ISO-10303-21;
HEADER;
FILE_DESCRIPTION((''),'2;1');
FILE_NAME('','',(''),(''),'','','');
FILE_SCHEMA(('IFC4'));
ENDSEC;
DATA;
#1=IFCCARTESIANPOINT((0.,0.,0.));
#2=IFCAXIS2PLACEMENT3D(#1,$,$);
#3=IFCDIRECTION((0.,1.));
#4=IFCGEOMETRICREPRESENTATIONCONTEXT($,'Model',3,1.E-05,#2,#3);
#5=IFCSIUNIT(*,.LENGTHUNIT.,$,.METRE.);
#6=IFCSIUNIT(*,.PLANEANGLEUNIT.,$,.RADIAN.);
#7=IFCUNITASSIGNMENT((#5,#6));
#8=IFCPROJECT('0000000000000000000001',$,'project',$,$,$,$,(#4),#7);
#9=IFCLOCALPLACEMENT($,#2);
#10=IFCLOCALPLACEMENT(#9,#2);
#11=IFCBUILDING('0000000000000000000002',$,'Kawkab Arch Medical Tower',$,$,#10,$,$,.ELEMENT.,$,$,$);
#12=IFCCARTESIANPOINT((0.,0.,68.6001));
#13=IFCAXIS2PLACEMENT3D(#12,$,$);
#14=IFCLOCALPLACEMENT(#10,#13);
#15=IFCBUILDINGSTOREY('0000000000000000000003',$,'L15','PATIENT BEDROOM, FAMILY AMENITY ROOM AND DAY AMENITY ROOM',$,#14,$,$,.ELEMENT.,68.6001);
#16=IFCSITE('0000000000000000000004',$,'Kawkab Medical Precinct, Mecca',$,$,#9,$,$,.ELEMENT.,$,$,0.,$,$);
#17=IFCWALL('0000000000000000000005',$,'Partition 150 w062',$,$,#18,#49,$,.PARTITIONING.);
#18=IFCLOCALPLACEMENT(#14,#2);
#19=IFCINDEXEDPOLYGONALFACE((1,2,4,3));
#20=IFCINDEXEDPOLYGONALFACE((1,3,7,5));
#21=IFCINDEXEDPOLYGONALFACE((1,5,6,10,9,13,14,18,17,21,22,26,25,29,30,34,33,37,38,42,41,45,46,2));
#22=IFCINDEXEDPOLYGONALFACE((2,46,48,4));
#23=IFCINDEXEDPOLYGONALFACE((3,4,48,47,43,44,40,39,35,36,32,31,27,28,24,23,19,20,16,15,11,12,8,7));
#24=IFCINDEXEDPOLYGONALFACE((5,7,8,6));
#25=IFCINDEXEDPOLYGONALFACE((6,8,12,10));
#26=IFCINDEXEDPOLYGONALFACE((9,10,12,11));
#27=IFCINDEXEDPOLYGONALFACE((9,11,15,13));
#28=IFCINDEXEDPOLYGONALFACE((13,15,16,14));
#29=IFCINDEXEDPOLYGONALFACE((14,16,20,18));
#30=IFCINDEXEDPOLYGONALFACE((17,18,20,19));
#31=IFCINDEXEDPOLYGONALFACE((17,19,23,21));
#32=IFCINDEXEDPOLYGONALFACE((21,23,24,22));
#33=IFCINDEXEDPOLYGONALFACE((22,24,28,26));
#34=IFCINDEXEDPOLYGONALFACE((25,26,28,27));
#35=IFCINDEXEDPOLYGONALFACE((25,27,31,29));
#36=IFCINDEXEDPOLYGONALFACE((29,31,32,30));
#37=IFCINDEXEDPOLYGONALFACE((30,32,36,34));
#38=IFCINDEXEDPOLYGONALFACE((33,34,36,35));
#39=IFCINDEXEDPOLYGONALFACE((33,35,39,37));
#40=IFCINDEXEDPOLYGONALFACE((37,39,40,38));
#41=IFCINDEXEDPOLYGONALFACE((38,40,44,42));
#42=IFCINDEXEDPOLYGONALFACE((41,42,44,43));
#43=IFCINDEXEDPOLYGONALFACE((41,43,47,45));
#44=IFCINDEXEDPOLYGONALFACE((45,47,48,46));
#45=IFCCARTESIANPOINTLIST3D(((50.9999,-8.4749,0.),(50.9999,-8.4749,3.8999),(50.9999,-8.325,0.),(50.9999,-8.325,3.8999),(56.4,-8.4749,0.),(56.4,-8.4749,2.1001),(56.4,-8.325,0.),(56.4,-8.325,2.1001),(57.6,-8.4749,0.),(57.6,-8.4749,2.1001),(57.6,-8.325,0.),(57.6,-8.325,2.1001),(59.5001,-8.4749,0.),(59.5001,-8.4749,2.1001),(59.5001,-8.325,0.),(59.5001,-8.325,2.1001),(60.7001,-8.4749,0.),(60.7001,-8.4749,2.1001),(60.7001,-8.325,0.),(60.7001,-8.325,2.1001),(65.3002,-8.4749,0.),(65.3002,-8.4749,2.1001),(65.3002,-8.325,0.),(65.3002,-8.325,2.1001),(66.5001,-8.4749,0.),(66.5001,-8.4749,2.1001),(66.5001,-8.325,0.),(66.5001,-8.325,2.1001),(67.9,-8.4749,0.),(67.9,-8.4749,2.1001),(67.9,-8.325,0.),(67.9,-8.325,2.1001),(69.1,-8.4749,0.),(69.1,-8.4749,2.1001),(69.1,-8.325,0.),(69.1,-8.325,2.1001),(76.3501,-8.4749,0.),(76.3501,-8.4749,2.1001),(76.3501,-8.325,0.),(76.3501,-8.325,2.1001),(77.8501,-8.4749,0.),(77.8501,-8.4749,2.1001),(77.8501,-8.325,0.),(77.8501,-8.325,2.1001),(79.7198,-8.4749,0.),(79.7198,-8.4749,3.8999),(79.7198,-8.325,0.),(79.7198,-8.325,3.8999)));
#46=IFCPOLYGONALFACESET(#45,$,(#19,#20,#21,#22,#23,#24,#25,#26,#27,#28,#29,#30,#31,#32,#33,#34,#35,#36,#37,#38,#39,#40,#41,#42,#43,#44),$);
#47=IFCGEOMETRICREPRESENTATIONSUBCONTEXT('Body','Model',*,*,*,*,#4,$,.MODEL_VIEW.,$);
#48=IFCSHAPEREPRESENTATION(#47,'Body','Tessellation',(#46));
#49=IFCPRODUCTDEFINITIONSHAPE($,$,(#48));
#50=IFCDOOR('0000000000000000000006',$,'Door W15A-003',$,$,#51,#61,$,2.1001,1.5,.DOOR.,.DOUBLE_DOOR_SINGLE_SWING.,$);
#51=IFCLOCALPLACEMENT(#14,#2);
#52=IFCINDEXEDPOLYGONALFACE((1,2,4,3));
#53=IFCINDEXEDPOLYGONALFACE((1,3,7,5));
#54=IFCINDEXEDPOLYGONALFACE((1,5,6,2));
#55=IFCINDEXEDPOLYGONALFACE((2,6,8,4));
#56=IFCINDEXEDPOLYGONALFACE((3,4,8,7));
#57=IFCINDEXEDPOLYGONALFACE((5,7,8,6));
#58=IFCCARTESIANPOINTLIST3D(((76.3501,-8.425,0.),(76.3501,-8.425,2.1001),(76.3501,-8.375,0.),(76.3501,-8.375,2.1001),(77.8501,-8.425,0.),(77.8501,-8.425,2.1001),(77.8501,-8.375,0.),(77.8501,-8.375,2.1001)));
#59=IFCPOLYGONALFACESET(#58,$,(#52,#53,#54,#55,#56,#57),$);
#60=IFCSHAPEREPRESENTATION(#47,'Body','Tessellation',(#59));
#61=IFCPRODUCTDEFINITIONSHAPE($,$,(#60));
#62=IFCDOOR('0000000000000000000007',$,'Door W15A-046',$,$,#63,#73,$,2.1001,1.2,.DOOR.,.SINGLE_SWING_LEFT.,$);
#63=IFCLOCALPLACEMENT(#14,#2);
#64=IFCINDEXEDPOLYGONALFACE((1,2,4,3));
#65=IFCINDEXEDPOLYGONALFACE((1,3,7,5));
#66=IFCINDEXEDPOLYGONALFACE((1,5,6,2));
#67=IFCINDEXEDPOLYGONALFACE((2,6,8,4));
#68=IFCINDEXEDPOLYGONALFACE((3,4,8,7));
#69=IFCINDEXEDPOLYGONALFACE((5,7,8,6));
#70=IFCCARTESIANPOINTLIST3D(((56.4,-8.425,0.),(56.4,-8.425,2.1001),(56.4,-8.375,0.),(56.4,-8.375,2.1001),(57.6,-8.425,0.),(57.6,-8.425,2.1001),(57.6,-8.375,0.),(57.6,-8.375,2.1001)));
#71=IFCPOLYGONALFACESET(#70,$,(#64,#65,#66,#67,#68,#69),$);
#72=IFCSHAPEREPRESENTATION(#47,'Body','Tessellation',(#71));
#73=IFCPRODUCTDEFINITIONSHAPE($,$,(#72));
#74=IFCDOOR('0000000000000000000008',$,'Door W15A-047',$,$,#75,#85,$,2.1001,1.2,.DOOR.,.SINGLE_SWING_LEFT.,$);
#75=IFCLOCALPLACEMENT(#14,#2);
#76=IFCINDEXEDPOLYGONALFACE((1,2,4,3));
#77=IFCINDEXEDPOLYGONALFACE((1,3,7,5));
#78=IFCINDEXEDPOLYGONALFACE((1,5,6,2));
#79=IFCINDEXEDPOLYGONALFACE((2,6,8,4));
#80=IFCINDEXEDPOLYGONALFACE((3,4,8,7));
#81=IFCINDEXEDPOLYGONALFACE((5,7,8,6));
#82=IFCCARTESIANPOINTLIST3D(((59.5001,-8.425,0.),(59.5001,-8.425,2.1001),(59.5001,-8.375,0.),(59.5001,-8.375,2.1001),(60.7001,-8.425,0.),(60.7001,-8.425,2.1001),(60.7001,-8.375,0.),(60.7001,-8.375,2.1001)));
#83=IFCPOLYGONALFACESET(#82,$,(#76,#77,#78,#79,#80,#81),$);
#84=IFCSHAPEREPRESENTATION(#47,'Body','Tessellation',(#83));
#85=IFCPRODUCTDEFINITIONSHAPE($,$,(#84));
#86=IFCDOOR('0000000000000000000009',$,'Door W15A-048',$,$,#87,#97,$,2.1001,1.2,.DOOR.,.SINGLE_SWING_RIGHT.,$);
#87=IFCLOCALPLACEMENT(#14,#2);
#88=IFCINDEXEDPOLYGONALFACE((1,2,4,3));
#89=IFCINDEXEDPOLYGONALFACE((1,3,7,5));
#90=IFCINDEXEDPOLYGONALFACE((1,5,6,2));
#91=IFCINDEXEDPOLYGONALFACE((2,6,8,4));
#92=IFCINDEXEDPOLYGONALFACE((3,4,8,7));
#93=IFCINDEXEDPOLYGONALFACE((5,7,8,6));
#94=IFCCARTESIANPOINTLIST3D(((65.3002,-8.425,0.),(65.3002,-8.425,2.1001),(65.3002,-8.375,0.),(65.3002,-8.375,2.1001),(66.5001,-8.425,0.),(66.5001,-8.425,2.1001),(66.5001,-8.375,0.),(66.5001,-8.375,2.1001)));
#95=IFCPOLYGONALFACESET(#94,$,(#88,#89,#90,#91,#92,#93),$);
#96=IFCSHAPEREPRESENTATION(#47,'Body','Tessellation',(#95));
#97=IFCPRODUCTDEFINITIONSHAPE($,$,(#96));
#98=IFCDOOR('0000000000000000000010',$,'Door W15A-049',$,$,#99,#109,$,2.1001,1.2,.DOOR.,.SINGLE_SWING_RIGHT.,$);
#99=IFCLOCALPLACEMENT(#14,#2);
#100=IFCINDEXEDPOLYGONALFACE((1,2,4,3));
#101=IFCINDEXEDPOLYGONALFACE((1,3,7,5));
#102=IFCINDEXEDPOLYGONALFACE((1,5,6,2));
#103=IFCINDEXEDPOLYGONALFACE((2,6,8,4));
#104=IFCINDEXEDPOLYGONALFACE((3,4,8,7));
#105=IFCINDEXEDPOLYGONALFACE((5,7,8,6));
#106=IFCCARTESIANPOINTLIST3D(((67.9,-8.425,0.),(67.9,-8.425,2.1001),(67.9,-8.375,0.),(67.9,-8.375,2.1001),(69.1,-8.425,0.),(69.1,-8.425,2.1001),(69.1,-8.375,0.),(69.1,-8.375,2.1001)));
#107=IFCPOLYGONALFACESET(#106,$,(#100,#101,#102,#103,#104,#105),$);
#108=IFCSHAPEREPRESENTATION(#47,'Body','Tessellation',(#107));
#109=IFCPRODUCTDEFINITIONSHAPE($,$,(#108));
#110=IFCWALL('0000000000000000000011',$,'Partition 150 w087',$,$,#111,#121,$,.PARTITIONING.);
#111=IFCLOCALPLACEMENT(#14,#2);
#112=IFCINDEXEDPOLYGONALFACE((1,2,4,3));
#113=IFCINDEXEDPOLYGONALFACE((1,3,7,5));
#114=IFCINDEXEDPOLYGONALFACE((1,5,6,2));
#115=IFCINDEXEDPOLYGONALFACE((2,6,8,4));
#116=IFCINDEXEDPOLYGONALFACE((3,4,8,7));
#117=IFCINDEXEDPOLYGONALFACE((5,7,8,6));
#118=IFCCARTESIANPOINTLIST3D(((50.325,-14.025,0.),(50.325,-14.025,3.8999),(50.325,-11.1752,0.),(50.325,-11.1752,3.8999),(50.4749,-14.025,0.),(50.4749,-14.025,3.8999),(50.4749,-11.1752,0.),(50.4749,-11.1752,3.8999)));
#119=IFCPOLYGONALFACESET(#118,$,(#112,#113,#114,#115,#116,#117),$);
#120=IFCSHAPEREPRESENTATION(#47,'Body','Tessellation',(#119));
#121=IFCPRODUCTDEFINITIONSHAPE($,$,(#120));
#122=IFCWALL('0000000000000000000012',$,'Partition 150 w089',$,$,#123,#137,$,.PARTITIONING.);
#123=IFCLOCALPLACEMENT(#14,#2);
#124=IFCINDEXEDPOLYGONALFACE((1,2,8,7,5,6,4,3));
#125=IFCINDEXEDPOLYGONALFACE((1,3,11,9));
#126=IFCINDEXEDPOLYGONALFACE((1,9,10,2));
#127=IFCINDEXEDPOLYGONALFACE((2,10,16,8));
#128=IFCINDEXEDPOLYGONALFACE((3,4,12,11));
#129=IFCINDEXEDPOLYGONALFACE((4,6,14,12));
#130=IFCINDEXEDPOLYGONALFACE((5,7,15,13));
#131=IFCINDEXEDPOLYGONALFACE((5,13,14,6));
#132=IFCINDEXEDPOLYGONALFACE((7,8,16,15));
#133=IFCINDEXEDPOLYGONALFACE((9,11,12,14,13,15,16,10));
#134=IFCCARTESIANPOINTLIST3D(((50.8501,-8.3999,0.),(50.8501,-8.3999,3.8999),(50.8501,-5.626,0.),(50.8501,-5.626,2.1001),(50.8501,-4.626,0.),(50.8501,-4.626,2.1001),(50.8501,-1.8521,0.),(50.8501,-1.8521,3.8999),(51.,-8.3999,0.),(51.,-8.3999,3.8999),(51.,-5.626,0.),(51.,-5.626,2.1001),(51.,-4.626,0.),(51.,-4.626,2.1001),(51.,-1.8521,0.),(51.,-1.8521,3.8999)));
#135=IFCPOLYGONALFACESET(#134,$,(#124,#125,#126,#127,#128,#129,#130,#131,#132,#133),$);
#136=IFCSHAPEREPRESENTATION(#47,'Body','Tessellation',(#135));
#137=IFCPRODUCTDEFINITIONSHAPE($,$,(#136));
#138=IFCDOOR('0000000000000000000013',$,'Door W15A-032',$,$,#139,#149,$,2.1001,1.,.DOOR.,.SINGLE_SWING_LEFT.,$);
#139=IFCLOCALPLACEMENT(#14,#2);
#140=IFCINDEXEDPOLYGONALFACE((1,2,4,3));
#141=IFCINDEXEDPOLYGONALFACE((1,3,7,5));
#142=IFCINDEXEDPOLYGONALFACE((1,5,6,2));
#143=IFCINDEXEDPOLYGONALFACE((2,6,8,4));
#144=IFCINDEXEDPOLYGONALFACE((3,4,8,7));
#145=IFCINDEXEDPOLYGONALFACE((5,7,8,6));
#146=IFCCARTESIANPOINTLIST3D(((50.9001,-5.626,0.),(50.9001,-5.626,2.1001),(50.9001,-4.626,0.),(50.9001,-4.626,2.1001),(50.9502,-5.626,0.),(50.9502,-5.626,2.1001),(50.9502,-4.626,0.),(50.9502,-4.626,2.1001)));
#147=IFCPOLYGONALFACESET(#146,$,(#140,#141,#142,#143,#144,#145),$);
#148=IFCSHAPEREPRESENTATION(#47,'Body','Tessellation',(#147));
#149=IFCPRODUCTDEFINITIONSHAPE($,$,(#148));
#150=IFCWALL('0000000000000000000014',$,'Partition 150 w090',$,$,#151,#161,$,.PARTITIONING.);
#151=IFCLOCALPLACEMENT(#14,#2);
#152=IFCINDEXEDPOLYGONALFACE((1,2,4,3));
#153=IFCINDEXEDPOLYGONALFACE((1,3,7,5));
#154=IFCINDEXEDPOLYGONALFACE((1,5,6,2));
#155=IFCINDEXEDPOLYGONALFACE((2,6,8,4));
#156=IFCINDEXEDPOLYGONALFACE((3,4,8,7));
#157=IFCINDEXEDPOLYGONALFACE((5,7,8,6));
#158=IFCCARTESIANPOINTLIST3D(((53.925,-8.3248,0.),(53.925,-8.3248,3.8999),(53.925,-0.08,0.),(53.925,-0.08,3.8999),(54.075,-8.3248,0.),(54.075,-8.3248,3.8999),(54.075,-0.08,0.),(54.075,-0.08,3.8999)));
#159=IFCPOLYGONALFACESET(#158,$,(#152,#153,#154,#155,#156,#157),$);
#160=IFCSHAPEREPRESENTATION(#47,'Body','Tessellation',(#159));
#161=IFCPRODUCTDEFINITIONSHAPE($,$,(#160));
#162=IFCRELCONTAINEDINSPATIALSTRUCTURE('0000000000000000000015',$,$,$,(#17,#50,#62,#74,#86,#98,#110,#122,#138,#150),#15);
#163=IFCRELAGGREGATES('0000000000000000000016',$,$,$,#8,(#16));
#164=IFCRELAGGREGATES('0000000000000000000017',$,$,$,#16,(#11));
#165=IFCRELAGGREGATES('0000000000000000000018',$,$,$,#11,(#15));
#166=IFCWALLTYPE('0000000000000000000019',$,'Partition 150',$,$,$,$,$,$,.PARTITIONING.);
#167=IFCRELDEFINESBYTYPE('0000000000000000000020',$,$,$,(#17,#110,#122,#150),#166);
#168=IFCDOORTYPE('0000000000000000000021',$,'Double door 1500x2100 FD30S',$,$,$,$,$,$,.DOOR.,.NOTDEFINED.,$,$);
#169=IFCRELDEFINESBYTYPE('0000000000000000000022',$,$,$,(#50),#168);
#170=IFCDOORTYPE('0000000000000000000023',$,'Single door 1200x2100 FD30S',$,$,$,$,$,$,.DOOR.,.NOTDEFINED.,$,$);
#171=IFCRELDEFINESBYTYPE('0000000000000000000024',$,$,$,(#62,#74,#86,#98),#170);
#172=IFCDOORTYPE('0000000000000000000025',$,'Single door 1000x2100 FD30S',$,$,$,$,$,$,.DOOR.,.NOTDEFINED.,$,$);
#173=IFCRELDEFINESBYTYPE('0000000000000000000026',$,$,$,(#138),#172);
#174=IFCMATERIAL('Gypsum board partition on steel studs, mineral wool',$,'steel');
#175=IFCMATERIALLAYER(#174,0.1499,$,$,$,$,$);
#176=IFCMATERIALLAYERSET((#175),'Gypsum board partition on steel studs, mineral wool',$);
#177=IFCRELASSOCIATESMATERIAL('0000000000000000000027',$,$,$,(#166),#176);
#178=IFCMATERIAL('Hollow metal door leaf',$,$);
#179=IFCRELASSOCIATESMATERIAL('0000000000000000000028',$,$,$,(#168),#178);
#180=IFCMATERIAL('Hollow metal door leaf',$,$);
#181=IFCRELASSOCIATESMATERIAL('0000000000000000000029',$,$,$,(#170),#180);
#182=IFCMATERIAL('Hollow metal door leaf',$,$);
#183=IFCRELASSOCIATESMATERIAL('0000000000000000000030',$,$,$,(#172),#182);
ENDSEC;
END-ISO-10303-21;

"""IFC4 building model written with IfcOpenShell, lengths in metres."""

from ifc_helpers import new_model, si_unit, direction, frame, frame_2d, origin, place, context, subcontext, project, spatial, rectangle, extrude, material, layer, layer_set, type_object, element, fill, save


model = new_model("IFC4")

# Units and contexts
model_context = context("Model", 3, precision=1e-05, world=origin(), true_north=direction((0.0, 1.0)))
body_context = subcontext(model_context, "Body", "Model", "MODEL_VIEW")
ifc_project = project(units=[si_unit("LENGTHUNIT", "METRE"), si_unit("PLANEANGLEUNIT", "RADIAN")], contexts=[model_context])

# Site, building, storey
site_placement = place(None, origin())
site = spatial("IfcSite", under=ifc_project, at=site_placement, Name="Kawkab Medical Precinct, Mecca", CompositionType="ELEMENT", RefElevation=0.0)
building_placement = place(site_placement, origin())
building = spatial("IfcBuilding", under=site, at=building_placement, Name="Kawkab Arch Medical Tower", CompositionType="ELEMENT")
storey_placement = place(building_placement, frame((0.0, 0.0, 68.6001)))
storey = spatial("IfcBuildingStorey", under=building, at=storey_placement, Name="L15", Description="PATIENT BEDROOM, FAMILY AMENITY ROOM AND DAY AMENITY ROOM", CompositionType="ELEMENT", Elevation=68.6001)

# Wall, openings, doors
ifc_material_1 = material(Name="Gypsum board partition on steel studs, mineral wool", Category="steel")
ifc_layer_1 = layer(ifc_material_1, 0.1499)
ifc_layer_set_1 = layer_set([ifc_layer_1], Name="Gypsum board partition on steel studs, mineral wool")
wall_type_1 = type_object("IfcWallType", Name="Partition 150", PredefinedType="PARTITIONING", material=ifc_layer_set_1)
wall_1_placement = place(storey_placement, frame((51.0, -8.3999, 0.0), z_axis=(0.0, 0.0, 1.0), x_axis=(1.0, 0.0, 0.0)))
wall_1 = element("IfcWall", 1, at=wall_1_placement, inside=storey, type_object=wall_type_1, Name="Partition 150 w062", PredefinedType="PARTITIONING", context=body_context, shape_type="SweptSolid", body=[
    extrude(rectangle(XDim=28.72, YDim=0.1499, at=frame_2d((14.3599, 0.0))), origin(), (0.0, 0.0, 1.0), 3.8999),
])
opening_1_placement = place(wall_1_placement, frame((5.3999, 0.0, 0.0)))
opening_1 = element("IfcOpeningElement", 2, at=opening_1_placement, cuts=wall_1, PredefinedType="OPENING", context=body_context, shape_type="SweptSolid", body=[
    extrude(rectangle(XDim=1.2, YDim=2.1001, at=frame_2d((0.6001, 1.05))), frame((0.0, 0.085, 0.0), z_axis=(0.0, -1.0, 0.0), x_axis=(1.0, 0.0, 0.0)), (0.0, 0.0, 1.0), 0.1699),
])
opening_2_placement = place(wall_1_placement, frame((8.5, 0.0, 0.0)))
opening_2 = element("IfcOpeningElement", 3, at=opening_2_placement, cuts=wall_1, PredefinedType="OPENING", context=body_context, shape_type="SweptSolid", body=[
    extrude(rectangle(XDim=1.2, YDim=2.1001, at=frame_2d((0.6001, 1.05))), frame((0.0, 0.085, 0.0), z_axis=(0.0, -1.0, 0.0), x_axis=(1.0, 0.0, 0.0)), (0.0, 0.0, 1.0), 0.1699),
])
opening_3_placement = place(wall_1_placement, frame((14.3, 0.0, 0.0)))
opening_3 = element("IfcOpeningElement", 4, at=opening_3_placement, cuts=wall_1, PredefinedType="OPENING", context=body_context, shape_type="SweptSolid", body=[
    extrude(rectangle(XDim=1.2, YDim=2.1001, at=frame_2d((0.6001, 1.05))), frame((0.0, 0.085, 0.0), z_axis=(0.0, -1.0, 0.0), x_axis=(1.0, 0.0, 0.0)), (0.0, 0.0, 1.0), 0.1699),
])
opening_4_placement = place(wall_1_placement, frame((16.8999, 0.0, 0.0)))
opening_4 = element("IfcOpeningElement", 5, at=opening_4_placement, cuts=wall_1, PredefinedType="OPENING", context=body_context, shape_type="SweptSolid", body=[
    extrude(rectangle(XDim=1.2, YDim=2.1001, at=frame_2d((0.6001, 1.05))), frame((0.0, 0.085, 0.0), z_axis=(0.0, -1.0, 0.0), x_axis=(1.0, 0.0, 0.0)), (0.0, 0.0, 1.0), 0.1699),
])
opening_5_placement = place(wall_1_placement, frame((25.3501, 0.0, 0.0)))
opening_5 = element("IfcOpeningElement", 6, at=opening_5_placement, cuts=wall_1, PredefinedType="OPENING", context=body_context, shape_type="SweptSolid", body=[
    extrude(rectangle(XDim=1.5, YDim=2.1001, at=frame_2d((0.75, 1.05))), frame((0.0, 0.085, 0.0), z_axis=(0.0, -1.0, 0.0), x_axis=(1.0, 0.0, 0.0)), (0.0, 0.0, 1.0), 0.1699),
])
ifc_material_2 = material(Name="Hollow metal door leaf")
door_type_1 = type_object("IfcDoorType", Name="Double door 1500x2100 FD30S", OperationType="NOTDEFINED", PredefinedType="DOOR", material=ifc_material_2)
door_1_placement = place(opening_5_placement, origin())
door_1 = element("IfcDoor", 7, at=door_1_placement, inside=storey, type_object=door_type_1, Name="Door W15A-003", OperationType="DOUBLE_DOOR_SINGLE_SWING", OverallHeight=2.1001, OverallWidth=1.5, PredefinedType="DOOR", context=body_context, shape_type="SweptSolid", body=[
    extrude(rectangle(XDim=1.5, YDim=2.1001, at=frame_2d((0.75, 1.05))), frame((0.0, 0.0249, 0.0), z_axis=(0.0, -1.0, 0.0), x_axis=(1.0, 0.0, 0.0)), (0.0, 0.0, 1.0), 0.05),
])
fill(opening_5, door_1)
ifc_material_3 = material(Name="Hollow metal door leaf")
door_type_2 = type_object("IfcDoorType", Name="Single door 1200x2100 FD30S", OperationType="NOTDEFINED", PredefinedType="DOOR", material=ifc_material_3)
door_2_placement = place(opening_1_placement, origin())
door_2 = element("IfcDoor", 8, at=door_2_placement, inside=storey, type_object=door_type_2, Name="Door W15A-046", OperationType="SINGLE_SWING_LEFT", OverallHeight=2.1001, OverallWidth=1.2, PredefinedType="DOOR", context=body_context, shape_type="SweptSolid", body=[
    extrude(rectangle(XDim=1.2, YDim=2.1001, at=frame_2d((0.6001, 1.05))), frame((0.0, 0.0249, 0.0), z_axis=(0.0, -1.0, 0.0), x_axis=(1.0, 0.0, 0.0)), (0.0, 0.0, 1.0), 0.05),
])
fill(opening_1, door_2)
door_3_placement = place(opening_2_placement, origin())
door_3 = element("IfcDoor", 9, at=door_3_placement, inside=storey, type_object=door_type_2, Name="Door W15A-047", OperationType="SINGLE_SWING_LEFT", OverallHeight=2.1001, OverallWidth=1.2, PredefinedType="DOOR", context=body_context, shape_type="SweptSolid", body=[
    extrude(rectangle(XDim=1.2, YDim=2.1001, at=frame_2d((0.6001, 1.05))), frame((0.0, 0.0249, 0.0), z_axis=(0.0, -1.0, 0.0), x_axis=(1.0, 0.0, 0.0)), (0.0, 0.0, 1.0), 0.05),
])
fill(opening_2, door_3)
door_4_placement = place(opening_3_placement, origin())
door_4 = element("IfcDoor", 10, at=door_4_placement, inside=storey, type_object=door_type_2, Name="Door W15A-048", OperationType="SINGLE_SWING_RIGHT", OverallHeight=2.1001, OverallWidth=1.2, PredefinedType="DOOR", context=body_context, shape_type="SweptSolid", body=[
    extrude(rectangle(XDim=1.2, YDim=2.1001, at=frame_2d((0.6001, 1.05))), frame((0.0, 0.0249, 0.0), z_axis=(0.0, -1.0, 0.0), x_axis=(1.0, 0.0, 0.0)), (0.0, 0.0, 1.0), 0.05),
])
fill(opening_3, door_4)
door_5_placement = place(opening_4_placement, origin())
door_5 = element("IfcDoor", 11, at=door_5_placement, inside=storey, type_object=door_type_2, Name="Door W15A-049", OperationType="SINGLE_SWING_RIGHT", OverallHeight=2.1001, OverallWidth=1.2, PredefinedType="DOOR", context=body_context, shape_type="SweptSolid", body=[
    extrude(rectangle(XDim=1.2, YDim=2.1001, at=frame_2d((0.6001, 1.05))), frame((0.0, 0.0249, 0.0), z_axis=(0.0, -1.0, 0.0), x_axis=(1.0, 0.0, 0.0)), (0.0, 0.0, 1.0), 0.05),
])
fill(opening_4, door_5)

# Wall
wall_2_placement = place(storey_placement, frame((50.3999, -14.0249, 0.0), z_axis=(0.0, 0.0, 1.0), x_axis=(0.0, 1.0, 0.0)))
element("IfcWall", 12, at=wall_2_placement, inside=storey, type_object=wall_type_1, Name="Partition 150 w087", PredefinedType="PARTITIONING", context=body_context, shape_type="SweptSolid", body=[
    extrude(rectangle(XDim=2.8499, YDim=0.1499, at=frame_2d((1.4248, 0.0))), origin(), (0.0, 0.0, 1.0), 3.8999),
])

# Wall, opening, door
wall_3_placement = place(storey_placement, frame((50.925, -8.3999, 0.0), z_axis=(0.0, 0.0, 1.0), x_axis=(0.0, 1.0, 0.0)))
wall_3 = element("IfcWall", 13, at=wall_3_placement, inside=storey, type_object=wall_type_1, Name="Partition 150 w089", PredefinedType="PARTITIONING", context=body_context, shape_type="SweptSolid", body=[
    extrude(rectangle(XDim=6.5479, YDim=0.1499, at=frame_2d((3.2739, 0.0))), origin(), (0.0, 0.0, 1.0), 3.8999),
])
opening_6_placement = place(wall_3_placement, frame((2.7739, 0.0, 0.0)))
opening_6 = element("IfcOpeningElement", 14, at=opening_6_placement, cuts=wall_3, PredefinedType="OPENING", context=body_context, shape_type="SweptSolid", body=[
    extrude(rectangle(XDim=1.0, YDim=2.1001, at=frame_2d((0.5, 1.05))), frame((0.0, 0.085, 0.0), z_axis=(0.0, -1.0, 0.0), x_axis=(1.0, 0.0, 0.0)), (0.0, 0.0, 1.0), 0.1699),
])
ifc_material_4 = material(Name="Hollow metal door leaf")
door_type_3 = type_object("IfcDoorType", Name="Single door 1000x2100 FD30S", OperationType="NOTDEFINED", PredefinedType="DOOR", material=ifc_material_4)
door_6_placement = place(opening_6_placement, origin())
door_6 = element("IfcDoor", 15, at=door_6_placement, inside=storey, type_object=door_type_3, Name="Door W15A-032", OperationType="SINGLE_SWING_LEFT", OverallHeight=2.1001, OverallWidth=1.0, PredefinedType="DOOR", context=body_context, shape_type="SweptSolid", body=[
    extrude(rectangle(XDim=1.0, YDim=2.1001, at=frame_2d((0.5, 1.05))), frame((0.0, 0.0249, 0.0), z_axis=(0.0, -1.0, 0.0), x_axis=(1.0, 0.0, 0.0)), (0.0, 0.0, 1.0), 0.05),
])
fill(opening_6, door_6)

# Wall
for number, where, z_axis, x_axis, name in (
    (16, (54.0, -8.325, 0.0), (0.0, 0.0, 1.0), (0.0, 1.0, 0.0), "Partition 150 w090"),
):
    element("IfcWall", number, at=place(storey_placement, frame(where, z_axis=z_axis, x_axis=x_axis)), inside=storey, type_object=wall_type_1, Name=name, PredefinedType="PARTITIONING", context=body_context, shape_type="SweptSolid", body=[
        extrude(rectangle(XDim=8.2449, YDim=0.1499, at=frame_2d((4.1226, 0.0))), origin(), (0.0, 0.0, 1.0), 3.8999),
    ])

save(model, "model.ifc")
